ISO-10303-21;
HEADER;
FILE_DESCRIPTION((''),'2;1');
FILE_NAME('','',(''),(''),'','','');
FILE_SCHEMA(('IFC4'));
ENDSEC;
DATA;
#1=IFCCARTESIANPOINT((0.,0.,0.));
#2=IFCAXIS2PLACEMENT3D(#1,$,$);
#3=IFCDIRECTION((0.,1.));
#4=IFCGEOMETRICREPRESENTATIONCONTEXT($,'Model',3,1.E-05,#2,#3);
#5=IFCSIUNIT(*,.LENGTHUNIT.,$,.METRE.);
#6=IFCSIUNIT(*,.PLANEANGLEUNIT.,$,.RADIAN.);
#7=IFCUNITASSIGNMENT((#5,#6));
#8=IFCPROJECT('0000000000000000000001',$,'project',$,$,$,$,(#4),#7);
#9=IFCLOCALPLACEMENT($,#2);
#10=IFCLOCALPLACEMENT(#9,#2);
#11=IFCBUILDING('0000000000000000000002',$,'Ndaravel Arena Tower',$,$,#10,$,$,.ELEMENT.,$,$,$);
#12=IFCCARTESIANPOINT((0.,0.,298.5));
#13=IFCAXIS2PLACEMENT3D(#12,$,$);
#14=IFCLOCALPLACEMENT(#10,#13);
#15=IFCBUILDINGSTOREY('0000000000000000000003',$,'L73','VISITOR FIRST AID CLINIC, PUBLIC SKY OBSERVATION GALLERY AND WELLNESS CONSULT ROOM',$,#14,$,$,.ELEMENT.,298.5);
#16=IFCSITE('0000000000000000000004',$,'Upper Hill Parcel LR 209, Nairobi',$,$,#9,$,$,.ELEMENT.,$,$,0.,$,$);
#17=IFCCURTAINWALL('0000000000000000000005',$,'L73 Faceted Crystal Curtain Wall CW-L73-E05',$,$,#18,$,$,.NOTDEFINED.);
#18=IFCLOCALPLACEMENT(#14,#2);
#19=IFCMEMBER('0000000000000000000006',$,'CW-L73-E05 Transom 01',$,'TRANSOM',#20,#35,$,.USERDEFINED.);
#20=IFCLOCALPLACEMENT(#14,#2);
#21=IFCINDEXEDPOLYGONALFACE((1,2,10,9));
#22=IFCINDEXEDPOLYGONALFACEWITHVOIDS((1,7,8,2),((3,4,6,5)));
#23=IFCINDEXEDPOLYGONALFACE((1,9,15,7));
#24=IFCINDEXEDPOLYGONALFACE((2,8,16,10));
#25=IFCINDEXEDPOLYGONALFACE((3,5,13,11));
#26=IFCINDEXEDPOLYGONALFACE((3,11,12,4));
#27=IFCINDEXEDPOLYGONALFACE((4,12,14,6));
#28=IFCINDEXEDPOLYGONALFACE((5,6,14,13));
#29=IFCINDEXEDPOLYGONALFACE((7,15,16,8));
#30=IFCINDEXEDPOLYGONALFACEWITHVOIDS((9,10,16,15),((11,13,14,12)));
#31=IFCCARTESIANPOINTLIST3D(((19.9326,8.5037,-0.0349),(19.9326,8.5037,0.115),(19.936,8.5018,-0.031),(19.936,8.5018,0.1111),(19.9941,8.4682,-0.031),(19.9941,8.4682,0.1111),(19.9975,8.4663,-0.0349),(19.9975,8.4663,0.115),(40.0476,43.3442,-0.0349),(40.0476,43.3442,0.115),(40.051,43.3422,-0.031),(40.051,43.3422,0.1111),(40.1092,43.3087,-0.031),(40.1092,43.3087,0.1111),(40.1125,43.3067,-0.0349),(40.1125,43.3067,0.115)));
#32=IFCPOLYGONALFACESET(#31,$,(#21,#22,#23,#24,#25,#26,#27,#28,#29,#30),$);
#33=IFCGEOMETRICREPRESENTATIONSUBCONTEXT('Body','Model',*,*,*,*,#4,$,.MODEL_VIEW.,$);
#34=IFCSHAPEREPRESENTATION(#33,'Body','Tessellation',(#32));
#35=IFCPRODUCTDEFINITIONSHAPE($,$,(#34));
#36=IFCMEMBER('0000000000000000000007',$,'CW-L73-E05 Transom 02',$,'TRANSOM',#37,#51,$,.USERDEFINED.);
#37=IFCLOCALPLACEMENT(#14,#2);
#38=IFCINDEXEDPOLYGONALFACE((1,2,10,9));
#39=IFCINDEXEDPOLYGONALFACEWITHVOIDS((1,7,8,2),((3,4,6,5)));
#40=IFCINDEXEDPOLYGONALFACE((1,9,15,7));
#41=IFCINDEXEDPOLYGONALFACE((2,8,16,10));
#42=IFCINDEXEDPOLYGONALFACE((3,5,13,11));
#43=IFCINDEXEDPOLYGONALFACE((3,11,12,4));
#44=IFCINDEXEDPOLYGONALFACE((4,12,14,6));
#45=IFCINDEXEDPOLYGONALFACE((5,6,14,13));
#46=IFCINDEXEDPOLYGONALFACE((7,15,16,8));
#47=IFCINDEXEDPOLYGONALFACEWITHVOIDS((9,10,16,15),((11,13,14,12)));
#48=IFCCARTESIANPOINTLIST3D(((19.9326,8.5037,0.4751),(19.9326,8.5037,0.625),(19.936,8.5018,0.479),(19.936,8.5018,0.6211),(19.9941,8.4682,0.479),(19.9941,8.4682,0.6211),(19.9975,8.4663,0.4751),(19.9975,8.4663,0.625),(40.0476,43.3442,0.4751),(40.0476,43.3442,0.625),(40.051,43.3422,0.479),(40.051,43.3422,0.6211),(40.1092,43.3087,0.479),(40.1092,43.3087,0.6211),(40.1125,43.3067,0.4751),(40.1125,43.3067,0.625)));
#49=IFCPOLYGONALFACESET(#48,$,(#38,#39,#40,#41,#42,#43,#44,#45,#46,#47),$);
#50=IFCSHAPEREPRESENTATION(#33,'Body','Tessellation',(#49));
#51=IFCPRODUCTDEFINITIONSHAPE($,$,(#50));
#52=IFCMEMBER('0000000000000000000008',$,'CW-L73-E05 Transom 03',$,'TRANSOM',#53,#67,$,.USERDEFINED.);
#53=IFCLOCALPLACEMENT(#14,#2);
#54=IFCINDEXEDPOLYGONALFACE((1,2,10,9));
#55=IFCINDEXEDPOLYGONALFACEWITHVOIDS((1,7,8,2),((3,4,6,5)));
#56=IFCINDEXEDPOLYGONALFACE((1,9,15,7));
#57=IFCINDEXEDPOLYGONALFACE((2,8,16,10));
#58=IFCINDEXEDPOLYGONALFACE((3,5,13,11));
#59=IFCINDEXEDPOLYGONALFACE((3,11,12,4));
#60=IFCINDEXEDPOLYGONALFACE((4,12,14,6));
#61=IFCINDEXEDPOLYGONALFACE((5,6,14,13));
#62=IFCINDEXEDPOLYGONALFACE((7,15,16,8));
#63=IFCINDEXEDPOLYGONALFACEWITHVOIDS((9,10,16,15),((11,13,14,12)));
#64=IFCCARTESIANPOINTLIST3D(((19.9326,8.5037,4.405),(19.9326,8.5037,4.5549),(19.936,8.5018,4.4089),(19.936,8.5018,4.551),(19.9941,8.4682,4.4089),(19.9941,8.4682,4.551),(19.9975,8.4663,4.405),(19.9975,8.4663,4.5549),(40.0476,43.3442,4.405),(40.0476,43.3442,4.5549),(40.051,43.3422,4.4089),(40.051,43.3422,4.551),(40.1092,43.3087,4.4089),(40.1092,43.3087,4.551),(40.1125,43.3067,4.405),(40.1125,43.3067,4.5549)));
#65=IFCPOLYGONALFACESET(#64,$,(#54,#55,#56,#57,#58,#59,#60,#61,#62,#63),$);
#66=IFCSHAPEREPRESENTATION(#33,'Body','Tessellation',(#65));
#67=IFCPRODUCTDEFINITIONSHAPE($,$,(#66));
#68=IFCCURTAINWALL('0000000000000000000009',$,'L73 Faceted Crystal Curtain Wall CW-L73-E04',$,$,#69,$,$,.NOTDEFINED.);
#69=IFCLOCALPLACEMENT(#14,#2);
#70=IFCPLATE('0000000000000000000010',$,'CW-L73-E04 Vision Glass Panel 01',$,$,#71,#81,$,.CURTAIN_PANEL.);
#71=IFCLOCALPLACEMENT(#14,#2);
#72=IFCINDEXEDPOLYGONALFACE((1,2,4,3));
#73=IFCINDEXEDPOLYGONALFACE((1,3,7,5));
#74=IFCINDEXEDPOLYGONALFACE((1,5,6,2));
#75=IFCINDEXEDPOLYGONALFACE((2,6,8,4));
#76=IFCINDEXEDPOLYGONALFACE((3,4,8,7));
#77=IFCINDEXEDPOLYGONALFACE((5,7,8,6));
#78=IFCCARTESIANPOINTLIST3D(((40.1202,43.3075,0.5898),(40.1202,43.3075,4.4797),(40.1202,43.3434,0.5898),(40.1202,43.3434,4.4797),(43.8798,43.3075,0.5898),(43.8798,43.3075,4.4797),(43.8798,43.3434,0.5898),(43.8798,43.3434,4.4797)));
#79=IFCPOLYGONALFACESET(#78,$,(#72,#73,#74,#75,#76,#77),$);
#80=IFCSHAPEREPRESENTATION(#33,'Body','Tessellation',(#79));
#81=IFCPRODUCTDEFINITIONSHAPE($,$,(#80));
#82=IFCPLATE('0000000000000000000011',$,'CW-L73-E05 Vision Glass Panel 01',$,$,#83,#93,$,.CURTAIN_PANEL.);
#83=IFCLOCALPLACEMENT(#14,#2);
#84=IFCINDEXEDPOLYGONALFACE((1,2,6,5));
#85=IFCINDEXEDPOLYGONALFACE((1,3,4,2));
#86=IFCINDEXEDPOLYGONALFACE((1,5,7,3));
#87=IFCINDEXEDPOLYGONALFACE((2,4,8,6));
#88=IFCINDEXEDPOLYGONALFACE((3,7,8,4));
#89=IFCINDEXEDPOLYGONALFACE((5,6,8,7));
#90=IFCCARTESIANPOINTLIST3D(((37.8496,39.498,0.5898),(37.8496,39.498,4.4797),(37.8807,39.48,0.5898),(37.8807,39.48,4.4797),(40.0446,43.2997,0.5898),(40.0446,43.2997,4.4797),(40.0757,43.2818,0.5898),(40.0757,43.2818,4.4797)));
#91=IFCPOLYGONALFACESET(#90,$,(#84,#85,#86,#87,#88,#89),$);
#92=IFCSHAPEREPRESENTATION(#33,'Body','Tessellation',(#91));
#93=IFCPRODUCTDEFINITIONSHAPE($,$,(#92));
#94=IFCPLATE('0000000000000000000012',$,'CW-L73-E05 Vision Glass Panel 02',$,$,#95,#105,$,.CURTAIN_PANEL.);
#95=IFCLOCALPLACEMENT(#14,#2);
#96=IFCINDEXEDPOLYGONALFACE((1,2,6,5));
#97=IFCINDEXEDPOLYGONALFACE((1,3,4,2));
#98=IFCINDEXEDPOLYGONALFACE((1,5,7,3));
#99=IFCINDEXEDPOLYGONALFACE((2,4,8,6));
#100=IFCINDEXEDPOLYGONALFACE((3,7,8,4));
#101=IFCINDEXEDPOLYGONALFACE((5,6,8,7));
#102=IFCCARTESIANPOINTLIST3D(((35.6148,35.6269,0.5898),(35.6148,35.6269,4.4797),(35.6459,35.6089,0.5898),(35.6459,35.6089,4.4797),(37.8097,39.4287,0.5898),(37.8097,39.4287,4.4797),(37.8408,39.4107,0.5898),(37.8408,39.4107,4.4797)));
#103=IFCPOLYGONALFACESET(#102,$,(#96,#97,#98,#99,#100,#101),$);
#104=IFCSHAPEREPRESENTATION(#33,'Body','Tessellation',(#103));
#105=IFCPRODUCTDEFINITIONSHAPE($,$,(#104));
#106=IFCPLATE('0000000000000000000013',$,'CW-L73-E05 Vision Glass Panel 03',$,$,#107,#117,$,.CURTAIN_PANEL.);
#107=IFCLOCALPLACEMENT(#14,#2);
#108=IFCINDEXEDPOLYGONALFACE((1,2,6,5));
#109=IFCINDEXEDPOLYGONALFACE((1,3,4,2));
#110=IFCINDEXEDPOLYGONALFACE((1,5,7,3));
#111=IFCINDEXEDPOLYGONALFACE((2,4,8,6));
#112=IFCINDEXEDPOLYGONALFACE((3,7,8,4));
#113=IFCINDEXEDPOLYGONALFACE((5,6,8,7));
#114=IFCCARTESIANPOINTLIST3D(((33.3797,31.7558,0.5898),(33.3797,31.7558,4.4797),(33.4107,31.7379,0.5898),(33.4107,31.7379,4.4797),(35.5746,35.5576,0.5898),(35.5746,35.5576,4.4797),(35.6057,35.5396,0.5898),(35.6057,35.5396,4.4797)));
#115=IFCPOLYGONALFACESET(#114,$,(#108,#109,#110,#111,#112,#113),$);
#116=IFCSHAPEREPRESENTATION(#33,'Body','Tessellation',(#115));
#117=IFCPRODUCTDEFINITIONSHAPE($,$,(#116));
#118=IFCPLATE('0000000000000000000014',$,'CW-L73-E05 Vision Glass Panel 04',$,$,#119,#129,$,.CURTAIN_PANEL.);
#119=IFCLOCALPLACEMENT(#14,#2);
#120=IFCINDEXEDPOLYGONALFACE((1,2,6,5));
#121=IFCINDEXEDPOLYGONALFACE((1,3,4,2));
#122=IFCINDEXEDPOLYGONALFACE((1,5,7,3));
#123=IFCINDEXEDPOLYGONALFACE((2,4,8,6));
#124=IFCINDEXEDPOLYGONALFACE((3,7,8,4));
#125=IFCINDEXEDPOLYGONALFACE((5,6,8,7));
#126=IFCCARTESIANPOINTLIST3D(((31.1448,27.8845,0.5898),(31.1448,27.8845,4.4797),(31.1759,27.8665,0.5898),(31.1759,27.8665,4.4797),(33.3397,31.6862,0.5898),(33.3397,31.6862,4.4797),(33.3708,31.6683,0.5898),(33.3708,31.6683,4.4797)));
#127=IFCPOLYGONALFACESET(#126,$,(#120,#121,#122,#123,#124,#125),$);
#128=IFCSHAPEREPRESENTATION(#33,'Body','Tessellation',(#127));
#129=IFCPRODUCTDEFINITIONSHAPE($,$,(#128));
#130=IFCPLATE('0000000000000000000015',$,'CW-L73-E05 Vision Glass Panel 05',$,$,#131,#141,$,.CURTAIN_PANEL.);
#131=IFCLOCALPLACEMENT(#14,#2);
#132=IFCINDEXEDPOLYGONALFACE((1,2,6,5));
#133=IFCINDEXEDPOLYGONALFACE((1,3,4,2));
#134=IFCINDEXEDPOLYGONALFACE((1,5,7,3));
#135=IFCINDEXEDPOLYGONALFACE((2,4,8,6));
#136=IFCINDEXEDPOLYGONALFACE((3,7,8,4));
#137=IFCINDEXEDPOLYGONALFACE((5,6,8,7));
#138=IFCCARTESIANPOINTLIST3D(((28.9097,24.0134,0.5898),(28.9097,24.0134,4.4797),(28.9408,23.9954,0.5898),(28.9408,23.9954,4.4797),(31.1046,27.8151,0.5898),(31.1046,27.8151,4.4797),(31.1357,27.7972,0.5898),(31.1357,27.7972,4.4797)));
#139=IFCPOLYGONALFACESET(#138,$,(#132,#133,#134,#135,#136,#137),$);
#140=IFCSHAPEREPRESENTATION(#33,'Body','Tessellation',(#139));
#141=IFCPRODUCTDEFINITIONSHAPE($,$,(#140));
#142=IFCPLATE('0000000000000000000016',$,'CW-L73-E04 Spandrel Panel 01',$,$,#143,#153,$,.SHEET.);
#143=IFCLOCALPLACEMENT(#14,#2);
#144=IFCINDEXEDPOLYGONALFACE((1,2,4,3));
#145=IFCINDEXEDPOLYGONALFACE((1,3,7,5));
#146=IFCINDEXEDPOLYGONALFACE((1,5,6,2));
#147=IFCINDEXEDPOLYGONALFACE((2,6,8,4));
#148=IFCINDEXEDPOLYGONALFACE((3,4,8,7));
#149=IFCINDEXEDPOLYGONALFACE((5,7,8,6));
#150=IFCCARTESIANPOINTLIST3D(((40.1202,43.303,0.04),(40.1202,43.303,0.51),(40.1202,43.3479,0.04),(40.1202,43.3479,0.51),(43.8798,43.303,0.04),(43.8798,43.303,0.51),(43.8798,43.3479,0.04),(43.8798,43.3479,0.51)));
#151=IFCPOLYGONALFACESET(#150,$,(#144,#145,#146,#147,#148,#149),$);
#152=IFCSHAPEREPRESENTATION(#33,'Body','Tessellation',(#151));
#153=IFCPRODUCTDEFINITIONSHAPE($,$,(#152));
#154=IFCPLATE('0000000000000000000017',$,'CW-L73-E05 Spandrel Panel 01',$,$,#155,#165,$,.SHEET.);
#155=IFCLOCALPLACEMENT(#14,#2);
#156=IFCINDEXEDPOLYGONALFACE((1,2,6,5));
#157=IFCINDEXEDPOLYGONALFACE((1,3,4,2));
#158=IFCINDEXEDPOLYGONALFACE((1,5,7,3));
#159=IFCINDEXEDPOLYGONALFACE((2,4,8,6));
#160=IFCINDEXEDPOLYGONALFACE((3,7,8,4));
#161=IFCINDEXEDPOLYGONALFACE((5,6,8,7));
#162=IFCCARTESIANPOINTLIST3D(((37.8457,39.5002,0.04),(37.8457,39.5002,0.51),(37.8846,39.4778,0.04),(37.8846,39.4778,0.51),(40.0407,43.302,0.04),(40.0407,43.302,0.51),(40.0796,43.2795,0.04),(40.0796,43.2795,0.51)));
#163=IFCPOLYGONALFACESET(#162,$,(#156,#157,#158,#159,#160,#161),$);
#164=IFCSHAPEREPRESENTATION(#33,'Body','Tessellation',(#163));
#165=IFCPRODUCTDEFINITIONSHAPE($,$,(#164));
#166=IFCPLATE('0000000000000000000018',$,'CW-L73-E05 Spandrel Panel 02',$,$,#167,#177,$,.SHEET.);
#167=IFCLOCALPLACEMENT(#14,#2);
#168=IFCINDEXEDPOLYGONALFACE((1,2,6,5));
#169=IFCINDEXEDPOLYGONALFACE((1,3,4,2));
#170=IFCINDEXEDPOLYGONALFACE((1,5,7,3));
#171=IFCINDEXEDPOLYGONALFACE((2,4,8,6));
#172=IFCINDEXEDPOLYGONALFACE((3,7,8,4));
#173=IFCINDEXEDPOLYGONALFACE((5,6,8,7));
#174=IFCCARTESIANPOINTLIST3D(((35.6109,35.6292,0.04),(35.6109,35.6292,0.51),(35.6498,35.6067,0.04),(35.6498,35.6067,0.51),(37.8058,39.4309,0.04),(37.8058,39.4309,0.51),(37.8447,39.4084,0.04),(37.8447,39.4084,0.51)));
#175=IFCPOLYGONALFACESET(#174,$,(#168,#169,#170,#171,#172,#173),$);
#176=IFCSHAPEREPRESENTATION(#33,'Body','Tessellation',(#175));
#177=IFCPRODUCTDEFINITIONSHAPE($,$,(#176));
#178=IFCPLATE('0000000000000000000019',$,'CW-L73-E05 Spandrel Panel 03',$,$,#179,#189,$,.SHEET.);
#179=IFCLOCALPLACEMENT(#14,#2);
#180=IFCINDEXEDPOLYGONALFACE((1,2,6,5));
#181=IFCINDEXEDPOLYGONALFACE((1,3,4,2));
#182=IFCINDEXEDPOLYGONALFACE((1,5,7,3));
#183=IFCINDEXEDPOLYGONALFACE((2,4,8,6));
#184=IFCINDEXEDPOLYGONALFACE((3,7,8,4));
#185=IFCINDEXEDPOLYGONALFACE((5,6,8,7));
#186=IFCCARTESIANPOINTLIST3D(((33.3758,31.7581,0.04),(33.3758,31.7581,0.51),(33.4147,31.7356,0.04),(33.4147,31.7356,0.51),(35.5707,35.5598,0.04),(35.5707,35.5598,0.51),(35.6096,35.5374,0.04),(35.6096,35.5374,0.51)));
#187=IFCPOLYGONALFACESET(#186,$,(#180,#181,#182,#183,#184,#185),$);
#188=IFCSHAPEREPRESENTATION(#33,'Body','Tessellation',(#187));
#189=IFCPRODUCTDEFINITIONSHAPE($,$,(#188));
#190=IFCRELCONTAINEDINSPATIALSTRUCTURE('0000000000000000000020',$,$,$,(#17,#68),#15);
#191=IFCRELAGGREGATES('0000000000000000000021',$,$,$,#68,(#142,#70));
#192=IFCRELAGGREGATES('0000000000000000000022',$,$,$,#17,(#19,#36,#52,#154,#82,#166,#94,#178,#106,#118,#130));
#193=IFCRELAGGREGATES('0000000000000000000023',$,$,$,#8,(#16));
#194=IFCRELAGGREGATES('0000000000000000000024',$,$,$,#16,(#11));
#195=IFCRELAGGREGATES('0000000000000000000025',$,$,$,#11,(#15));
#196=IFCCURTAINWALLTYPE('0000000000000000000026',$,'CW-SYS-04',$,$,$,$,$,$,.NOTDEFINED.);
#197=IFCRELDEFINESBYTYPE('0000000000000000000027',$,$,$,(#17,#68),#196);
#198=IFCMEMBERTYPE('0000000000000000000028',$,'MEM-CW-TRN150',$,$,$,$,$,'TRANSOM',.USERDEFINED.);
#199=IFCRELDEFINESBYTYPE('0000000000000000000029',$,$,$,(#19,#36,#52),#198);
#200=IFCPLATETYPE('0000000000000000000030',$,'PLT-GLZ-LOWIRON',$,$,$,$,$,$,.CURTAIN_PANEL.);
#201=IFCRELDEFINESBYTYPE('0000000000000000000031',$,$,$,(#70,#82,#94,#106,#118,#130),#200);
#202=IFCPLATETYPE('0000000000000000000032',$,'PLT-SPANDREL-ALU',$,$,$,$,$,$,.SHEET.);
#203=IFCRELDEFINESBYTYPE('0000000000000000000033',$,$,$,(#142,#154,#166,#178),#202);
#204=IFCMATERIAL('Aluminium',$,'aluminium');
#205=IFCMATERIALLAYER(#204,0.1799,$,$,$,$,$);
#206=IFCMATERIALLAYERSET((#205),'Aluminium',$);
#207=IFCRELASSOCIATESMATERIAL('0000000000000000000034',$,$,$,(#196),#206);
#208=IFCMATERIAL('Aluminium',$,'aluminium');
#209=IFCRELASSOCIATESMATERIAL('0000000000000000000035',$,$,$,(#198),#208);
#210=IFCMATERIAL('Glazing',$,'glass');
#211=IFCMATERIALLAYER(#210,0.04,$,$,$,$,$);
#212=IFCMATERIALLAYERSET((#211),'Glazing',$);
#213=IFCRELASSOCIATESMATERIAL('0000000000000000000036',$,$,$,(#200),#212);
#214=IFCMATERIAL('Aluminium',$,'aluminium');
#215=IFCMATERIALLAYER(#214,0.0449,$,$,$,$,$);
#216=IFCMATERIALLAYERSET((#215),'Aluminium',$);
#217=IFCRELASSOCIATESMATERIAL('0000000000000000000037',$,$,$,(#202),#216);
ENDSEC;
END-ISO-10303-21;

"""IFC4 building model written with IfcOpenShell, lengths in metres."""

from ifc_helpers import new_model, si_unit, direction, frame, origin, origin_2d, place, context, subcontext, project, spatial, rectangle, hollow_rectangle, extrude, material, layer, layer_set, material_profile, profile_set, type_object, element, aggregate, save


model = new_model("IFC4")

# Units and contexts
model_context = context("Model", 3, precision=1e-05, world=origin(), true_north=direction((0.0, 1.0)))
body_context = subcontext(model_context, "Body", "Model", "MODEL_VIEW")
ifc_project = project(units=[si_unit("LENGTHUNIT", "METRE"), si_unit("PLANEANGLEUNIT", "RADIAN")], contexts=[model_context])

# Site, building, storey
site_placement = place(None, origin())
site = spatial("IfcSite", under=ifc_project, at=site_placement, Name="Upper Hill Parcel LR 209, Nairobi", CompositionType="ELEMENT", RefElevation=0.0)
building_placement = place(site_placement, origin())
building = spatial("IfcBuilding", under=site, at=building_placement, Name="Ndaravel Arena Tower", CompositionType="ELEMENT")
storey_placement = place(building_placement, frame((0.0, 0.0, 298.5)))
storey = spatial("IfcBuildingStorey", under=building, at=storey_placement, Name="L73", Description="VISITOR FIRST AID CLINIC, PUBLIC SKY OBSERVATION GALLERY AND WELLNESS CONSULT ROOM", CompositionType="ELEMENT", Elevation=298.5)

# Curtain wall, members
ifc_material_1 = material(Name="Aluminium", Category="aluminium")
ifc_layer_1 = layer(ifc_material_1, 0.1799)
ifc_layer_set_1 = layer_set([ifc_layer_1], Name="Aluminium")
curtain_wall_type = type_object("IfcCurtainWallType", Name="CW-SYS-04", PredefinedType="NOTDEFINED", material=ifc_layer_set_1)
curtain_wall_1_placement = place(storey_placement, origin())
curtain_wall_1 = element("IfcCurtainWall", 1, at=curtain_wall_1_placement, inside=storey, type_object=curtain_wall_type, Name="L73 Faceted Crystal Curtain Wall CW-L73-E05", PredefinedType="NOTDEFINED")
ifc_material_2 = material(Name="Aluminium", Category="aluminium")
ifc_material_profile_1 = material_profile(ifc_material_2, hollow_rectangle(XDim=0.075, YDim=0.1499, WallThickness=0.0039, at=origin_2d()), Name="CW TRANSOM 75x150x4")
ifc_profile_set_1 = profile_set([ifc_material_profile_1], Name="Aluminium")
member_type_1 = type_object("IfcMemberType", Name="MEM-CW-TRN150", ElementType="TRANSOM", PredefinedType="USERDEFINED", material=ifc_profile_set_1)
member_1_placement = place(storey_placement, frame((40.0801, 43.3254, 0.04), z_axis=(-0.499998, -0.866026, 0.0), x_axis=(0.866026, -0.499998, 0.0)))
member_1 = element("IfcMember", 2, at=member_1_placement, type_object=member_type_1, Name="CW-L73-E05 Transom 01", ObjectType="TRANSOM", PredefinedType="USERDEFINED", context=body_context, shape_type="SweptSolid", body=[
    extrude(hollow_rectangle(XDim=0.075, YDim=0.1499, WallThickness=0.0039, at=origin_2d()), origin(), (0.0, 0.0, 1.0), 40.2302),
])
member_2_placement = place(storey_placement, frame((40.0801, 43.3254, 0.55), z_axis=(-0.499998, -0.866026, 0.0), x_axis=(0.866026, -0.499998, 0.0)))
member_2 = element("IfcMember", 3, at=member_2_placement, type_object=member_type_1, Name="CW-L73-E05 Transom 02", ObjectType="TRANSOM", PredefinedType="USERDEFINED", context=body_context, shape_type="SweptSolid", body=[
    extrude(hollow_rectangle(XDim=0.075, YDim=0.1499, WallThickness=0.0039, at=origin_2d()), origin(), (0.0, 0.0, 1.0), 40.2302),
])
member_3_placement = place(storey_placement, frame((40.0801, 43.3254, 4.48), z_axis=(-0.499998, -0.866026, 0.0), x_axis=(0.866026, -0.499998, 0.0)))
member_3 = element("IfcMember", 4, at=member_3_placement, type_object=member_type_1, Name="CW-L73-E05 Transom 03", ObjectType="TRANSOM", PredefinedType="USERDEFINED", context=body_context, shape_type="SweptSolid", body=[
    extrude(hollow_rectangle(XDim=0.075, YDim=0.1499, WallThickness=0.0039, at=origin_2d()), origin(), (0.0, 0.0, 1.0), 40.2302),
])

# Curtain wall, plate
curtain_wall_2_placement = place(storey_placement, origin())
curtain_wall_2 = element("IfcCurtainWall", 5, at=curtain_wall_2_placement, inside=storey, type_object=curtain_wall_type, Name="L73 Faceted Crystal Curtain Wall CW-L73-E04", PredefinedType="NOTDEFINED")
ifc_material_3 = material(Name="Glazing", Category="glass")
ifc_layer_2 = layer(ifc_material_3, 0.04)
ifc_layer_set_2 = layer_set([ifc_layer_2], Name="Glazing")
plate_type_1 = type_object("IfcPlateType", Name="PLT-GLZ-LOWIRON", PredefinedType="CURTAIN_PANEL", material=ifc_layer_set_2)
plate_1_placement = place(storey_placement, frame((42.0, 43.3254, 0.5898), z_axis=(0.0, 0.0, 1.0), x_axis=(-1.0, 0.0, 0.0)))
plate_1 = element("IfcPlate", 6, at=plate_1_placement, type_object=plate_type_1, Name="CW-L73-E04 Vision Glass Panel 01", PredefinedType="CURTAIN_PANEL", context=body_context, shape_type="SweptSolid", body=[
    extrude(rectangle(XDim=3.7595, YDim=0.0359, at=origin_2d()), origin(), (0.0, 0.0, 1.0), 3.8899),
])

# Plates
plate_2_placement = place(storey_placement, frame((38.9626, 41.3899, 0.5898), z_axis=(0.0, 0.0, 1.0), x_axis=(-0.5, -0.866025, 0.0)))
plate_2 = element("IfcPlate", 7, at=plate_2_placement, type_object=plate_type_1, Name="CW-L73-E05 Vision Glass Panel 01", PredefinedType="CURTAIN_PANEL", context=body_context, shape_type="SweptSolid", body=[
    extrude(rectangle(XDim=4.3899, YDim=0.0359, at=origin_2d()), origin(), (0.0, 0.0, 1.0), 3.8899),
])
plate_3_placement = place(storey_placement, frame((36.7278, 37.5188, 0.5898), z_axis=(0.0, 0.0, 1.0), x_axis=(-0.5, -0.866025, 0.0)))
plate_3 = element("IfcPlate", 8, at=plate_3_placement, type_object=plate_type_1, Name="CW-L73-E05 Vision Glass Panel 02", PredefinedType="CURTAIN_PANEL", context=body_context, shape_type="SweptSolid", body=[
    extrude(rectangle(XDim=4.3899, YDim=0.0359, at=origin_2d()), origin(), (0.0, 0.0, 1.0), 3.8899),
])
plate_4_placement = place(storey_placement, frame((34.4927, 33.6477, 0.5898), z_axis=(0.0, 0.0, 1.0), x_axis=(-0.5, -0.866025, 0.0)))
plate_4 = element("IfcPlate", 9, at=plate_4_placement, type_object=plate_type_1, Name="CW-L73-E05 Vision Glass Panel 03", PredefinedType="CURTAIN_PANEL", context=body_context, shape_type="SweptSolid", body=[
    extrude(rectangle(XDim=4.3899, YDim=0.0359, at=origin_2d()), origin(), (0.0, 0.0, 1.0), 3.8899),
])
plate_5_placement = place(storey_placement, frame((32.2578, 29.7764, 0.5898), z_axis=(0.0, 0.0, 1.0), x_axis=(-0.5, -0.866025, 0.0)))
plate_5 = element("IfcPlate", 10, at=plate_5_placement, type_object=plate_type_1, Name="CW-L73-E05 Vision Glass Panel 04", PredefinedType="CURTAIN_PANEL", context=body_context, shape_type="SweptSolid", body=[
    extrude(rectangle(XDim=4.3899, YDim=0.0359, at=origin_2d()), origin(), (0.0, 0.0, 1.0), 3.8899),
])
plate_6_placement = place(storey_placement, frame((30.0227, 25.9053, 0.5898), z_axis=(0.0, 0.0, 1.0), x_axis=(-0.5, -0.866025, 0.0)))
plate_6 = element("IfcPlate", 11, at=plate_6_placement, type_object=plate_type_1, Name="CW-L73-E05 Vision Glass Panel 05", PredefinedType="CURTAIN_PANEL", context=body_context, shape_type="SweptSolid", body=[
    extrude(rectangle(XDim=4.3899, YDim=0.0359, at=origin_2d()), origin(), (0.0, 0.0, 1.0), 3.8899),
])
ifc_material_4 = material(Name="Aluminium", Category="aluminium")
ifc_layer_3 = layer(ifc_material_4, 0.0449)
ifc_layer_set_3 = layer_set([ifc_layer_3], Name="Aluminium")
plate_type_2 = type_object("IfcPlateType", Name="PLT-SPANDREL-ALU", PredefinedType="SHEET", material=ifc_layer_set_3)
plate_7_placement = place(storey_placement, frame((42.0, 43.3254, 0.04), z_axis=(0.0, 0.0, 1.0), x_axis=(-1.0, 0.0, 0.0)))
plate_7 = element("IfcPlate", 12, at=plate_7_placement, type_object=plate_type_2, Name="CW-L73-E04 Spandrel Panel 01", PredefinedType="SHEET", context=body_context, shape_type="SweptSolid", body=[
    extrude(rectangle(XDim=3.7595, YDim=0.0449, at=origin_2d()), origin(), (0.0, 0.0, 1.0), 0.47),
])
aggregate(curtain_wall_2, [plate_7, plate_1])
plate_8_placement = place(storey_placement, frame((38.9626, 41.3899, 0.04), z_axis=(0.0, 0.0, 1.0), x_axis=(-0.5, -0.866025, 0.0)))
plate_8 = element("IfcPlate", 13, at=plate_8_placement, type_object=plate_type_2, Name="CW-L73-E05 Spandrel Panel 01", PredefinedType="SHEET", context=body_context, shape_type="SweptSolid", body=[
    extrude(rectangle(XDim=4.3899, YDim=0.0449, at=origin_2d()), origin(), (0.0, 0.0, 1.0), 0.47),
])
plate_9_placement = place(storey_placement, frame((36.7278, 37.5188, 0.04), z_axis=(0.0, 0.0, 1.0), x_axis=(-0.5, -0.866025, 0.0)))
plate_9 = element("IfcPlate", 14, at=plate_9_placement, type_object=plate_type_2, Name="CW-L73-E05 Spandrel Panel 02", PredefinedType="SHEET", context=body_context, shape_type="SweptSolid", body=[
    extrude(rectangle(XDim=4.3899, YDim=0.0449, at=origin_2d()), origin(), (0.0, 0.0, 1.0), 0.47),
])
plate_10_placement = place(storey_placement, frame((34.4927, 33.6477, 0.04), z_axis=(0.0, 0.0, 1.0), x_axis=(-0.5, -0.866025, 0.0)))
plate_10 = element("IfcPlate", 15, at=plate_10_placement, type_object=plate_type_2, Name="CW-L73-E05 Spandrel Panel 03", PredefinedType="SHEET", context=body_context, shape_type="SweptSolid", body=[
    extrude(rectangle(XDim=4.3899, YDim=0.0449, at=origin_2d()), origin(), (0.0, 0.0, 1.0), 0.47),
])
aggregate(curtain_wall_1, [member_1, member_2, member_3, plate_8, plate_2, plate_9, plate_3, plate_10, plate_4, plate_5, plate_6])

save(model, "model.ifc")
